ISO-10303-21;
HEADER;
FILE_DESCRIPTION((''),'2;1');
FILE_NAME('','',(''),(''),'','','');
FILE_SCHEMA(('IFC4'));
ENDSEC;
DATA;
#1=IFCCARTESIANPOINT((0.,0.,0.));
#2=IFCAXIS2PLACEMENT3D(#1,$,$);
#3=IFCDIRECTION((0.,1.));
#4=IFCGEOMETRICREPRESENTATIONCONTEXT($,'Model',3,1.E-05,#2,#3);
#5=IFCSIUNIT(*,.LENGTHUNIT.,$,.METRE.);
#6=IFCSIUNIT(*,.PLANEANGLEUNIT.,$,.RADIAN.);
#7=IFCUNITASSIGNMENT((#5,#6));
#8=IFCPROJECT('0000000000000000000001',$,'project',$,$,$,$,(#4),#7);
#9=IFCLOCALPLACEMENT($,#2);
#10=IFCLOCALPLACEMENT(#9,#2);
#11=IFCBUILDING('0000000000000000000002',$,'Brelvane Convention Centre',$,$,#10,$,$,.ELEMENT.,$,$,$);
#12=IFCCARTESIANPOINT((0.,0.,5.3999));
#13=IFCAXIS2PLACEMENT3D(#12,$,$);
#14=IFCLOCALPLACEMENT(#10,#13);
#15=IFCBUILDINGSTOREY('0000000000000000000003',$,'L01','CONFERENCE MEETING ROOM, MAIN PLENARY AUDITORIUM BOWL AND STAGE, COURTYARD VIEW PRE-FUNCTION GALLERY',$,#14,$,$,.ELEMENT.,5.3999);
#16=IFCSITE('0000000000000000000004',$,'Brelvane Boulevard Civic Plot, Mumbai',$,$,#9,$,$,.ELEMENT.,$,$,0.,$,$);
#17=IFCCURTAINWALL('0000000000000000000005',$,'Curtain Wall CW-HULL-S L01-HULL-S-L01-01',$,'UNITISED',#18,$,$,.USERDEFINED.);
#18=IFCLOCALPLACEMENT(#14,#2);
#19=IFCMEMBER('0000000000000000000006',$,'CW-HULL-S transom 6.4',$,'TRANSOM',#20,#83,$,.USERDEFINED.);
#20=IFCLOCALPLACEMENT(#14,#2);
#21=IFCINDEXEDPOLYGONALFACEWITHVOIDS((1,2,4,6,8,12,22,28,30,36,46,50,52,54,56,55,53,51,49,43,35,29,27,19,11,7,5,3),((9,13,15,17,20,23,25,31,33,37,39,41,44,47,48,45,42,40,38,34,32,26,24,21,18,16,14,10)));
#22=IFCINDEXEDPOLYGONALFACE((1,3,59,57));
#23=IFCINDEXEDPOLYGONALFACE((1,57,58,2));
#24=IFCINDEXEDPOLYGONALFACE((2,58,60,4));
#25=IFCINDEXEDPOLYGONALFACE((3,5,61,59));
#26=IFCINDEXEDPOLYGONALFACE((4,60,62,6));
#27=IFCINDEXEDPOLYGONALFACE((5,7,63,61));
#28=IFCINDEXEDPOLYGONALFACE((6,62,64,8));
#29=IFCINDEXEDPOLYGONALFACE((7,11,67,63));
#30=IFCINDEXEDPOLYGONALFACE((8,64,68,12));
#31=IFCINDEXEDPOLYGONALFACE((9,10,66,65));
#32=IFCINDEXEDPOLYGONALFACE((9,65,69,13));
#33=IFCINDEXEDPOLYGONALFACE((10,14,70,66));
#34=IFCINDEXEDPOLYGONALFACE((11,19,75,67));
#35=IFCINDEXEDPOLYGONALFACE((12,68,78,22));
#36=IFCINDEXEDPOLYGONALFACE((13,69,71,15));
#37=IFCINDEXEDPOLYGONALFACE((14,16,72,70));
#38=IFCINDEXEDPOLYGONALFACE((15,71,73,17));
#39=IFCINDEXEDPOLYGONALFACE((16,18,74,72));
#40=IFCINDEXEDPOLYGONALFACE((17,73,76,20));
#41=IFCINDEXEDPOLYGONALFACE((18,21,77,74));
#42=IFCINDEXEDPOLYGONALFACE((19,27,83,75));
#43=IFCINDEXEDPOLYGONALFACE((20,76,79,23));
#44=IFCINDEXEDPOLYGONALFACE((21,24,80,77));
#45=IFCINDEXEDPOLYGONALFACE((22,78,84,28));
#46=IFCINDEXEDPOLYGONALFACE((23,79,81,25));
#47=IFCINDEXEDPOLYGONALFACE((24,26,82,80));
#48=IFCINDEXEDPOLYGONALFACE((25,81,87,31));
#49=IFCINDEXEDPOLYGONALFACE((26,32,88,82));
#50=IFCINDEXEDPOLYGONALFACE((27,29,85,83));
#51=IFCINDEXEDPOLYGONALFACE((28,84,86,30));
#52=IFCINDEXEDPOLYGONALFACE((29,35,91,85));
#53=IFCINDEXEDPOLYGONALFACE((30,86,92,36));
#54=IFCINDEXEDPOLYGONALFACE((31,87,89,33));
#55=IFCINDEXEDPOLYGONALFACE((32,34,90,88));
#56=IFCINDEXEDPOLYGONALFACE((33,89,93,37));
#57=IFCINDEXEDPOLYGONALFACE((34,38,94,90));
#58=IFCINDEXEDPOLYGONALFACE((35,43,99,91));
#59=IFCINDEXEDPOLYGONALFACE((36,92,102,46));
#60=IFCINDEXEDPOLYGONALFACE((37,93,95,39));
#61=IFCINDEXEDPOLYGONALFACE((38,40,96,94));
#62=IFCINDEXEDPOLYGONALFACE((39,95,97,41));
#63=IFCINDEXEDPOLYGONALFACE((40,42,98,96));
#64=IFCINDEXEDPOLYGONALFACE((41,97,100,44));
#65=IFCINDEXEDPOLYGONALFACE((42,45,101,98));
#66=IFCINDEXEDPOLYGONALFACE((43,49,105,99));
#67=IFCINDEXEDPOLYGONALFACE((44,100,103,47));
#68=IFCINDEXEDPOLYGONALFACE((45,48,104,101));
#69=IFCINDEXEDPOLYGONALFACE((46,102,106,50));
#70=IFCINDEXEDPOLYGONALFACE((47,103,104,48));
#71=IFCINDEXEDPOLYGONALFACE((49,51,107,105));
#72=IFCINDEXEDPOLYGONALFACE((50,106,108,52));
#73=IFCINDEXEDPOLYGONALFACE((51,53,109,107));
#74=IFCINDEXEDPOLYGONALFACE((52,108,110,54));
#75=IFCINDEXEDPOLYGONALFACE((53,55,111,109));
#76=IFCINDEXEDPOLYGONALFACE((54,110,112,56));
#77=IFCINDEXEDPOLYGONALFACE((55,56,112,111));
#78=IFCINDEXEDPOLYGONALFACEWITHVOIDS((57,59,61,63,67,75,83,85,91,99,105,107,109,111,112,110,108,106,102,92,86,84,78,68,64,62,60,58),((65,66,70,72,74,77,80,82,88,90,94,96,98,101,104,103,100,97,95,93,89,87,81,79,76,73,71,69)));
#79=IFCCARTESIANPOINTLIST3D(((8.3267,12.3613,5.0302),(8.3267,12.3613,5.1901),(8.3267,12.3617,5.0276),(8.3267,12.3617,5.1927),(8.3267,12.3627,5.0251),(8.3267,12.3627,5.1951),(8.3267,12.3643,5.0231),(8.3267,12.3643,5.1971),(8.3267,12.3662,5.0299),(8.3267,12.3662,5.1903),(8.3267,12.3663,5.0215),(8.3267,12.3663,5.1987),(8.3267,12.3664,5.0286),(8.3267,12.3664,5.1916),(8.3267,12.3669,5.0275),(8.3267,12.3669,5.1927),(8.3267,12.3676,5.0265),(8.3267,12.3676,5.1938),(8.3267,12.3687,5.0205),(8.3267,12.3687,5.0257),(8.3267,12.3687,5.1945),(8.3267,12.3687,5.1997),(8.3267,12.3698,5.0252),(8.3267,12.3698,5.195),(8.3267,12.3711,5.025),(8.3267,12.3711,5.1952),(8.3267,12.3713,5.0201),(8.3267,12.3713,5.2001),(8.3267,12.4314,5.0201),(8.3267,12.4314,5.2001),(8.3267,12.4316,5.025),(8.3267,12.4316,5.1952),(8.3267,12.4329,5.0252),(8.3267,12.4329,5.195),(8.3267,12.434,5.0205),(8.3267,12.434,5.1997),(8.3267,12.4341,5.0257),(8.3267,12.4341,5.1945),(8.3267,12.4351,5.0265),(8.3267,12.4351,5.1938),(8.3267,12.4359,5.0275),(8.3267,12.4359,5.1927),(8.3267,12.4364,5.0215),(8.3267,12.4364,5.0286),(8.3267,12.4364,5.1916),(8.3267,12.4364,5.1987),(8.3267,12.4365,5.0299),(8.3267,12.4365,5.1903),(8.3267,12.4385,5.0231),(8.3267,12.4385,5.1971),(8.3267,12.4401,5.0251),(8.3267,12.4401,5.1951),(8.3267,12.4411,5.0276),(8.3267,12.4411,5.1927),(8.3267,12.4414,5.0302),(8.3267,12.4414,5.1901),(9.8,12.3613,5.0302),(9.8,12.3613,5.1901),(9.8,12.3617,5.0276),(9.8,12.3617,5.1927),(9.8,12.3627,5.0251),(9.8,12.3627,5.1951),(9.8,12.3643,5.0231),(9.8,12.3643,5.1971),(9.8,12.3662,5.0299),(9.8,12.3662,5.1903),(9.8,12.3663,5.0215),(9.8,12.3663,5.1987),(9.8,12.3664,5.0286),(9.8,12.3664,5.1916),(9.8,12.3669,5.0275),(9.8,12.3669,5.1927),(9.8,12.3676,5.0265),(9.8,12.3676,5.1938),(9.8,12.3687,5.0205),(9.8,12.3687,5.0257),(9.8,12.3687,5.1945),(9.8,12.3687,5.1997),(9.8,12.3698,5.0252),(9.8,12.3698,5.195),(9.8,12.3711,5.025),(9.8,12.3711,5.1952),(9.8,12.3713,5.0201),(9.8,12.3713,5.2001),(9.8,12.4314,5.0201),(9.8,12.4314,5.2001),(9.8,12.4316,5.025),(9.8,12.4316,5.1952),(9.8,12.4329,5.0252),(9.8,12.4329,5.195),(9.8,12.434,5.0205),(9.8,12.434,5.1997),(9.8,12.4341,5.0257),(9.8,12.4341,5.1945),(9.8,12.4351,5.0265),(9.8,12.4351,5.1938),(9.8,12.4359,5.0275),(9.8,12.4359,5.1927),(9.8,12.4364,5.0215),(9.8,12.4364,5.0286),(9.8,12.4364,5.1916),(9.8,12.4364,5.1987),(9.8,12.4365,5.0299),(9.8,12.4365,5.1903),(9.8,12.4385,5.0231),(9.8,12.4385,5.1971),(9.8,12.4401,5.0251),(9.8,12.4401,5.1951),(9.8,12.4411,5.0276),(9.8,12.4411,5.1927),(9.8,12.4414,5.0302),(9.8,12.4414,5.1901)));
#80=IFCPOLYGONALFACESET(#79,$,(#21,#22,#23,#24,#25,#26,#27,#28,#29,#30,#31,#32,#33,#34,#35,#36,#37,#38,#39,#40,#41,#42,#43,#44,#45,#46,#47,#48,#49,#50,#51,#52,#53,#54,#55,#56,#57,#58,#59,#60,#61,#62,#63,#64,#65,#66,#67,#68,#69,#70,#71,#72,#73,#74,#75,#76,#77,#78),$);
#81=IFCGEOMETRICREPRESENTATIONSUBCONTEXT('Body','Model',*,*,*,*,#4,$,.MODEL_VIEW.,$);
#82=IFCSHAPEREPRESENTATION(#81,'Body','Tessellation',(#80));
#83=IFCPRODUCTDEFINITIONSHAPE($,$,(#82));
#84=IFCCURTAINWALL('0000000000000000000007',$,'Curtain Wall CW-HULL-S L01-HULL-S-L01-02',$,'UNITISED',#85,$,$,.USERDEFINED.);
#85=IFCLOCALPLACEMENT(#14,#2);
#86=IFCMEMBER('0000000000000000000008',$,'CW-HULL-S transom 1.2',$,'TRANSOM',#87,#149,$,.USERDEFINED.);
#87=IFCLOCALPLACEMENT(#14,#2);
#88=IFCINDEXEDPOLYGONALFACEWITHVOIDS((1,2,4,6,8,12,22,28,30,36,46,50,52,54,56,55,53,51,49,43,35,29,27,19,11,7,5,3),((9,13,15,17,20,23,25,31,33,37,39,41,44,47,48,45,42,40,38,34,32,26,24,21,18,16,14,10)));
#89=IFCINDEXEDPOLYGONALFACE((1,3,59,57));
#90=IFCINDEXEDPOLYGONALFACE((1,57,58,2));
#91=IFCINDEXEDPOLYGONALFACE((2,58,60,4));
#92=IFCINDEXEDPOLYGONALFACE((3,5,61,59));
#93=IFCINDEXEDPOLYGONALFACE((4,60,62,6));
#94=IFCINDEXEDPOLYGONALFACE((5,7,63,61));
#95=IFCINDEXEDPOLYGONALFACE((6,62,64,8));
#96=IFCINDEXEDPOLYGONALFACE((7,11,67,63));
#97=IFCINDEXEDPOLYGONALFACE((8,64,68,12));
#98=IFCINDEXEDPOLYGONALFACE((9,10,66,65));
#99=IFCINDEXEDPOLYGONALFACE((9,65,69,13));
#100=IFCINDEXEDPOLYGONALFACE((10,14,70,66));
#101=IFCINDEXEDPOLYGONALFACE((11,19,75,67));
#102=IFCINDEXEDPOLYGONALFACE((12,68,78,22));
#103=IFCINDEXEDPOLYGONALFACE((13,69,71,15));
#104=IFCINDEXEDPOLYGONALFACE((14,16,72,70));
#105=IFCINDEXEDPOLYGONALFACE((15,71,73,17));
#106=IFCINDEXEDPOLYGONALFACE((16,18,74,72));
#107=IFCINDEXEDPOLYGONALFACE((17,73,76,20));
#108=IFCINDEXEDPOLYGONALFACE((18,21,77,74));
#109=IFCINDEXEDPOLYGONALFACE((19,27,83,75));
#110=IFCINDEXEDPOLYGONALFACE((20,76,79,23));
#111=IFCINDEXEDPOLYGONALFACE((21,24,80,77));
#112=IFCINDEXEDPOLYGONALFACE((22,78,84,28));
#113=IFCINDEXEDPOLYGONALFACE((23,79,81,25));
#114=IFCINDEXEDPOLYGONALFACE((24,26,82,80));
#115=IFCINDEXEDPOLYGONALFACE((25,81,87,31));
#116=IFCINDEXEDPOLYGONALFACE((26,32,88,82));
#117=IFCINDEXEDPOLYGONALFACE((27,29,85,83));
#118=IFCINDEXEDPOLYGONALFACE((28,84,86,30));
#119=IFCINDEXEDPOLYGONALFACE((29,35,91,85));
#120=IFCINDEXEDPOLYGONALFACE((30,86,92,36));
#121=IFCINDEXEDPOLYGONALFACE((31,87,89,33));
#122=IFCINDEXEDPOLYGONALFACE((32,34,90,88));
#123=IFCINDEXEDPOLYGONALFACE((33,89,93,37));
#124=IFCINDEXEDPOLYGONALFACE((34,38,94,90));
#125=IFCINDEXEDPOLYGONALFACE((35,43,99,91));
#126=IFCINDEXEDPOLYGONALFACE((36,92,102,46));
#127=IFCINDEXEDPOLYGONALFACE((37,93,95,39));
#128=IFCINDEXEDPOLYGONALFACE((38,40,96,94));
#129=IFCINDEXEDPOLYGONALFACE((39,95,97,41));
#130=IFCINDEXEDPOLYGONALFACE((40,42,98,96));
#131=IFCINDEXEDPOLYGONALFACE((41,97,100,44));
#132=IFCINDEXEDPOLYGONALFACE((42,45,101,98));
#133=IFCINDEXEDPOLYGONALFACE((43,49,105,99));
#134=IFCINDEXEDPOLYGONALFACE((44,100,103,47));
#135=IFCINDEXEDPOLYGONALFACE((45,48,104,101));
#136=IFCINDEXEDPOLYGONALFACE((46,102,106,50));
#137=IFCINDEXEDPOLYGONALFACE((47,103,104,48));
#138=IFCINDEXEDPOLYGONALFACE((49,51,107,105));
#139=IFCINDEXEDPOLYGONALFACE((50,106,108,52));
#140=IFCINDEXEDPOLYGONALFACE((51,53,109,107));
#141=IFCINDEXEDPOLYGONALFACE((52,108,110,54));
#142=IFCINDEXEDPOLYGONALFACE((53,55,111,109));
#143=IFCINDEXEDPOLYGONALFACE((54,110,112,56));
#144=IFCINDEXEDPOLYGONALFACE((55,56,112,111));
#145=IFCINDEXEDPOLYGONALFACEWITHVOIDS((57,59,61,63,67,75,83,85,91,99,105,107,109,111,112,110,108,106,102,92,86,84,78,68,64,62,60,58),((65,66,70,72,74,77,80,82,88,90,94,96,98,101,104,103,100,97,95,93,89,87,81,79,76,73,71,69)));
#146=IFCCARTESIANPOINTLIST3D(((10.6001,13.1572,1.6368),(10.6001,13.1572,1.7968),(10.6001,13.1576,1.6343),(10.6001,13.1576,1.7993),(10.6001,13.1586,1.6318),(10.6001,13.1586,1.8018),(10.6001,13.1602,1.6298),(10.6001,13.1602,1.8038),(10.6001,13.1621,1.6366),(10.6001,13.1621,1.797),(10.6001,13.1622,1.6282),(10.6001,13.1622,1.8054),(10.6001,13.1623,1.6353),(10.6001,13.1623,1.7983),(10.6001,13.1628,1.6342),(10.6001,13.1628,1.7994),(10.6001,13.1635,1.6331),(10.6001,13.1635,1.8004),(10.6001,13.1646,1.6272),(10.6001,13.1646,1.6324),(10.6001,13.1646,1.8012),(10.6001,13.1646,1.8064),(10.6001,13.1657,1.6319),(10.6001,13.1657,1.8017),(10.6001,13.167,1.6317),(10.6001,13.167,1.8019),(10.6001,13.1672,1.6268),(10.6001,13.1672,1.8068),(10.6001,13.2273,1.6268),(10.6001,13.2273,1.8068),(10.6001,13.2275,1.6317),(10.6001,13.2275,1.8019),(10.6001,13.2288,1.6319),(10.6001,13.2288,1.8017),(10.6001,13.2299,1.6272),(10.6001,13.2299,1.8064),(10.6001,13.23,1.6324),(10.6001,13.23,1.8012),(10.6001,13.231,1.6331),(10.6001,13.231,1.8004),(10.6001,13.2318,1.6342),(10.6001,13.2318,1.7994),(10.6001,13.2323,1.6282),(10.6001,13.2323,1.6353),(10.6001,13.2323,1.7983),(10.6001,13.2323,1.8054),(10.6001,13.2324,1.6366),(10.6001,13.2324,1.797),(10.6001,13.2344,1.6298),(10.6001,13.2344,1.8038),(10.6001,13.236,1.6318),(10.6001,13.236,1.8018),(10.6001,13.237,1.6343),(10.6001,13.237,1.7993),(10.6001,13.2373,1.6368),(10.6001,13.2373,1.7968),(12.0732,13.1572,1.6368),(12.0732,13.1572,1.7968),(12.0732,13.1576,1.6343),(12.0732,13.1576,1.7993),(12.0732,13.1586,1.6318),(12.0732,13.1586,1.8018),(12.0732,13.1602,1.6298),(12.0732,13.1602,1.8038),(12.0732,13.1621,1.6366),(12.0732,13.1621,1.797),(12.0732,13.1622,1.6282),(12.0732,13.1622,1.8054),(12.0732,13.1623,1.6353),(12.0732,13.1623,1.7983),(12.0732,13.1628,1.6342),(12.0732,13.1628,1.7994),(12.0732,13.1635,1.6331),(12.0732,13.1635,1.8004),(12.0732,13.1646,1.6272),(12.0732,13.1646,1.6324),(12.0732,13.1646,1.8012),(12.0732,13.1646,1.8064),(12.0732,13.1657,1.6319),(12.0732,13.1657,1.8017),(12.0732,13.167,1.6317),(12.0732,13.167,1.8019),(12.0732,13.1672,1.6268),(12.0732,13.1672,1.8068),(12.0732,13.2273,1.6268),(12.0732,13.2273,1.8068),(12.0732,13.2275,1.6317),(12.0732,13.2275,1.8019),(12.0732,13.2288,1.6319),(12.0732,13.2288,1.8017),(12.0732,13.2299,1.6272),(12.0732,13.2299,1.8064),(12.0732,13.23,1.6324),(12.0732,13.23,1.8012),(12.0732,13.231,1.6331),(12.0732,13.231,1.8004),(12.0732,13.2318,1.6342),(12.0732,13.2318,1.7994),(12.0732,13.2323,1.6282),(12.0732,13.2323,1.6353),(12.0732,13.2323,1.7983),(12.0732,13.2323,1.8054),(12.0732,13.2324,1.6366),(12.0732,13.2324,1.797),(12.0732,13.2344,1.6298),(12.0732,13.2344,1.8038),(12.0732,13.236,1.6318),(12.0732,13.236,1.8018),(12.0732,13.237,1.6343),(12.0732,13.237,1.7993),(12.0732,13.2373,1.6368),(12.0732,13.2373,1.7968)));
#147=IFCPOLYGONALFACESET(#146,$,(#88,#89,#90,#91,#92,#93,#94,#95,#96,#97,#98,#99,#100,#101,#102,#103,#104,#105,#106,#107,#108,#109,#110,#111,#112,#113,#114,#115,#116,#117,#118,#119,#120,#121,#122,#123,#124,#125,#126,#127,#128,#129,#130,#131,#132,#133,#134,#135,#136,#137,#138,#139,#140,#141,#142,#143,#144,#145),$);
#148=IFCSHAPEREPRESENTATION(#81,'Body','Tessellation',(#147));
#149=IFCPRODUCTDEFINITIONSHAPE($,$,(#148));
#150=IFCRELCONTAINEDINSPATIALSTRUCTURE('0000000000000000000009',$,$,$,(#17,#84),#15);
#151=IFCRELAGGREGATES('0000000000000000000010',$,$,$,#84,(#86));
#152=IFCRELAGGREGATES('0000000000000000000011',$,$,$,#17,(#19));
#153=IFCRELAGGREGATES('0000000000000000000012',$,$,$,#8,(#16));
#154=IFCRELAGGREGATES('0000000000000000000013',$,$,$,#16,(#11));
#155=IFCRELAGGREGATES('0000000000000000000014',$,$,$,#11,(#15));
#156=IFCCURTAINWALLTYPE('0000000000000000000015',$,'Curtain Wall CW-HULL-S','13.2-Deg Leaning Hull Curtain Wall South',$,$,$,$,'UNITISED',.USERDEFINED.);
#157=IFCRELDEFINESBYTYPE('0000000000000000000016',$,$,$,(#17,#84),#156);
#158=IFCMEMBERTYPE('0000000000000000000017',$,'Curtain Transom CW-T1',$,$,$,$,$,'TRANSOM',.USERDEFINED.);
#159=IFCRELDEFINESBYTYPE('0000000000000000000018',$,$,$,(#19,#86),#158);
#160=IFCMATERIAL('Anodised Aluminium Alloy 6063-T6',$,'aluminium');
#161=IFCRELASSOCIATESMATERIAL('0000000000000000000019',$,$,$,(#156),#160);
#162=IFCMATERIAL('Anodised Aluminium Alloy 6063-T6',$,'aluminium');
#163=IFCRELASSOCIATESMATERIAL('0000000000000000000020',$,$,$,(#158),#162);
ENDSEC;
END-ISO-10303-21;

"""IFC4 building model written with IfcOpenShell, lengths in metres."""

from ifc_helpers import new_model, si_unit, direction, frame, origin, origin_2d, place, context, subcontext, project, spatial, hollow_rectangle, extrude, material, material_profile, profile_set, type_object, element, aggregate, save


model = new_model("IFC4")

# Units and contexts
model_context = context("Model", 3, precision=1e-05, world=origin(), true_north=direction((0.0, 1.0)))
body_context = subcontext(model_context, "Body", "Model", "MODEL_VIEW")
ifc_project = project(units=[si_unit("LENGTHUNIT", "METRE"), si_unit("PLANEANGLEUNIT", "RADIAN")], contexts=[model_context])

# Site, building, storey
site_placement = place(None, origin())
site = spatial("IfcSite", under=ifc_project, at=site_placement, Name="Brelvane Boulevard Civic Plot, Mumbai", CompositionType="ELEMENT", RefElevation=0.0)
building_placement = place(site_placement, origin())
building = spatial("IfcBuilding", under=site, at=building_placement, Name="Brelvane Convention Centre", CompositionType="ELEMENT")
storey_placement = place(building_placement, frame((0.0, 0.0, 5.3999)))
storey = spatial("IfcBuildingStorey", under=building, at=storey_placement, Name="L01", Description="CONFERENCE MEETING ROOM, MAIN PLENARY AUDITORIUM BOWL AND STAGE, COURTYARD VIEW PRE-FUNCTION GALLERY", CompositionType="ELEMENT", Elevation=5.3999)

# Curtain walls, members
ifc_material_1 = material(Name="Anodised Aluminium Alloy 6063-T6", Category="aluminium")
curtain_wall_type = type_object("IfcCurtainWallType", Name="Curtain Wall CW-HULL-S", Description="13.2-Deg Leaning Hull Curtain Wall South", ElementType="UNITISED", PredefinedType="USERDEFINED", material=ifc_material_1)
curtain_wall_1_placement = place(storey_placement, origin())
curtain_wall_1 = element("IfcCurtainWall", 1, at=curtain_wall_1_placement, inside=storey, type_object=curtain_wall_type, Name="Curtain Wall CW-HULL-S L01-HULL-S-L01-01", ObjectType="UNITISED", PredefinedType="USERDEFINED")
ifc_material_2 = material(Name="Anodised Aluminium Alloy 6063-T6", Category="aluminium")
ifc_material_profile = material_profile(ifc_material_2, hollow_rectangle(XDim=0.0801, YDim=0.1799, WallThickness=0.0049, InnerFilletRadius=0.0049, OuterFilletRadius=0.01, at=origin_2d()), Name="ALU-T 180x80x5.0")
ifc_profile_set = profile_set([ifc_material_profile], Name="Anodised Aluminium Alloy 6063-T6")
member_type = type_object("IfcMemberType", Name="Curtain Transom CW-T1", ElementType="TRANSOM", PredefinedType="USERDEFINED", material=ifc_profile_set)
member_1_placement = place(storey_placement, frame((8.3267, 12.4014, 5.1101), z_axis=(1.0, 0.0, 0.0), x_axis=(0.0, 1.0, 0.0)))
member_1 = element("IfcMember", 2, at=member_1_placement, type_object=member_type, Name="CW-HULL-S transom 6.4", ObjectType="TRANSOM", PredefinedType="USERDEFINED", context=body_context, shape_type="SweptSolid", body=[
    extrude(hollow_rectangle(XDim=0.0801, YDim=0.1799, WallThickness=0.0049, InnerFilletRadius=0.0049, OuterFilletRadius=0.01, at=origin_2d()), origin(), (0.0, 0.0, 1.0), 1.4734),
])
curtain_wall_2_placement = place(storey_placement, origin())
curtain_wall_2 = element("IfcCurtainWall", 3, at=curtain_wall_2_placement, inside=storey, type_object=curtain_wall_type, Name="Curtain Wall CW-HULL-S L01-HULL-S-L01-02", ObjectType="UNITISED", PredefinedType="USERDEFINED")
member_2_placement = place(storey_placement, frame((10.6001, 13.1973, 1.7168), z_axis=(1.0, 0.0, 0.0), x_axis=(0.0, 1.0, 0.0)))
member_2 = element("IfcMember", 4, at=member_2_placement, type_object=member_type, Name="CW-HULL-S transom 1.2", ObjectType="TRANSOM", PredefinedType="USERDEFINED", context=body_context, shape_type="SweptSolid", body=[
    extrude(hollow_rectangle(XDim=0.0801, YDim=0.1799, WallThickness=0.0049, InnerFilletRadius=0.0049, OuterFilletRadius=0.01, at=origin_2d()), origin(), (0.0, 0.0, 1.0), 1.4731),
])

aggregate(curtain_wall_2, [member_2])
aggregate(curtain_wall_1, [member_1])

save(model, "model.ifc")
